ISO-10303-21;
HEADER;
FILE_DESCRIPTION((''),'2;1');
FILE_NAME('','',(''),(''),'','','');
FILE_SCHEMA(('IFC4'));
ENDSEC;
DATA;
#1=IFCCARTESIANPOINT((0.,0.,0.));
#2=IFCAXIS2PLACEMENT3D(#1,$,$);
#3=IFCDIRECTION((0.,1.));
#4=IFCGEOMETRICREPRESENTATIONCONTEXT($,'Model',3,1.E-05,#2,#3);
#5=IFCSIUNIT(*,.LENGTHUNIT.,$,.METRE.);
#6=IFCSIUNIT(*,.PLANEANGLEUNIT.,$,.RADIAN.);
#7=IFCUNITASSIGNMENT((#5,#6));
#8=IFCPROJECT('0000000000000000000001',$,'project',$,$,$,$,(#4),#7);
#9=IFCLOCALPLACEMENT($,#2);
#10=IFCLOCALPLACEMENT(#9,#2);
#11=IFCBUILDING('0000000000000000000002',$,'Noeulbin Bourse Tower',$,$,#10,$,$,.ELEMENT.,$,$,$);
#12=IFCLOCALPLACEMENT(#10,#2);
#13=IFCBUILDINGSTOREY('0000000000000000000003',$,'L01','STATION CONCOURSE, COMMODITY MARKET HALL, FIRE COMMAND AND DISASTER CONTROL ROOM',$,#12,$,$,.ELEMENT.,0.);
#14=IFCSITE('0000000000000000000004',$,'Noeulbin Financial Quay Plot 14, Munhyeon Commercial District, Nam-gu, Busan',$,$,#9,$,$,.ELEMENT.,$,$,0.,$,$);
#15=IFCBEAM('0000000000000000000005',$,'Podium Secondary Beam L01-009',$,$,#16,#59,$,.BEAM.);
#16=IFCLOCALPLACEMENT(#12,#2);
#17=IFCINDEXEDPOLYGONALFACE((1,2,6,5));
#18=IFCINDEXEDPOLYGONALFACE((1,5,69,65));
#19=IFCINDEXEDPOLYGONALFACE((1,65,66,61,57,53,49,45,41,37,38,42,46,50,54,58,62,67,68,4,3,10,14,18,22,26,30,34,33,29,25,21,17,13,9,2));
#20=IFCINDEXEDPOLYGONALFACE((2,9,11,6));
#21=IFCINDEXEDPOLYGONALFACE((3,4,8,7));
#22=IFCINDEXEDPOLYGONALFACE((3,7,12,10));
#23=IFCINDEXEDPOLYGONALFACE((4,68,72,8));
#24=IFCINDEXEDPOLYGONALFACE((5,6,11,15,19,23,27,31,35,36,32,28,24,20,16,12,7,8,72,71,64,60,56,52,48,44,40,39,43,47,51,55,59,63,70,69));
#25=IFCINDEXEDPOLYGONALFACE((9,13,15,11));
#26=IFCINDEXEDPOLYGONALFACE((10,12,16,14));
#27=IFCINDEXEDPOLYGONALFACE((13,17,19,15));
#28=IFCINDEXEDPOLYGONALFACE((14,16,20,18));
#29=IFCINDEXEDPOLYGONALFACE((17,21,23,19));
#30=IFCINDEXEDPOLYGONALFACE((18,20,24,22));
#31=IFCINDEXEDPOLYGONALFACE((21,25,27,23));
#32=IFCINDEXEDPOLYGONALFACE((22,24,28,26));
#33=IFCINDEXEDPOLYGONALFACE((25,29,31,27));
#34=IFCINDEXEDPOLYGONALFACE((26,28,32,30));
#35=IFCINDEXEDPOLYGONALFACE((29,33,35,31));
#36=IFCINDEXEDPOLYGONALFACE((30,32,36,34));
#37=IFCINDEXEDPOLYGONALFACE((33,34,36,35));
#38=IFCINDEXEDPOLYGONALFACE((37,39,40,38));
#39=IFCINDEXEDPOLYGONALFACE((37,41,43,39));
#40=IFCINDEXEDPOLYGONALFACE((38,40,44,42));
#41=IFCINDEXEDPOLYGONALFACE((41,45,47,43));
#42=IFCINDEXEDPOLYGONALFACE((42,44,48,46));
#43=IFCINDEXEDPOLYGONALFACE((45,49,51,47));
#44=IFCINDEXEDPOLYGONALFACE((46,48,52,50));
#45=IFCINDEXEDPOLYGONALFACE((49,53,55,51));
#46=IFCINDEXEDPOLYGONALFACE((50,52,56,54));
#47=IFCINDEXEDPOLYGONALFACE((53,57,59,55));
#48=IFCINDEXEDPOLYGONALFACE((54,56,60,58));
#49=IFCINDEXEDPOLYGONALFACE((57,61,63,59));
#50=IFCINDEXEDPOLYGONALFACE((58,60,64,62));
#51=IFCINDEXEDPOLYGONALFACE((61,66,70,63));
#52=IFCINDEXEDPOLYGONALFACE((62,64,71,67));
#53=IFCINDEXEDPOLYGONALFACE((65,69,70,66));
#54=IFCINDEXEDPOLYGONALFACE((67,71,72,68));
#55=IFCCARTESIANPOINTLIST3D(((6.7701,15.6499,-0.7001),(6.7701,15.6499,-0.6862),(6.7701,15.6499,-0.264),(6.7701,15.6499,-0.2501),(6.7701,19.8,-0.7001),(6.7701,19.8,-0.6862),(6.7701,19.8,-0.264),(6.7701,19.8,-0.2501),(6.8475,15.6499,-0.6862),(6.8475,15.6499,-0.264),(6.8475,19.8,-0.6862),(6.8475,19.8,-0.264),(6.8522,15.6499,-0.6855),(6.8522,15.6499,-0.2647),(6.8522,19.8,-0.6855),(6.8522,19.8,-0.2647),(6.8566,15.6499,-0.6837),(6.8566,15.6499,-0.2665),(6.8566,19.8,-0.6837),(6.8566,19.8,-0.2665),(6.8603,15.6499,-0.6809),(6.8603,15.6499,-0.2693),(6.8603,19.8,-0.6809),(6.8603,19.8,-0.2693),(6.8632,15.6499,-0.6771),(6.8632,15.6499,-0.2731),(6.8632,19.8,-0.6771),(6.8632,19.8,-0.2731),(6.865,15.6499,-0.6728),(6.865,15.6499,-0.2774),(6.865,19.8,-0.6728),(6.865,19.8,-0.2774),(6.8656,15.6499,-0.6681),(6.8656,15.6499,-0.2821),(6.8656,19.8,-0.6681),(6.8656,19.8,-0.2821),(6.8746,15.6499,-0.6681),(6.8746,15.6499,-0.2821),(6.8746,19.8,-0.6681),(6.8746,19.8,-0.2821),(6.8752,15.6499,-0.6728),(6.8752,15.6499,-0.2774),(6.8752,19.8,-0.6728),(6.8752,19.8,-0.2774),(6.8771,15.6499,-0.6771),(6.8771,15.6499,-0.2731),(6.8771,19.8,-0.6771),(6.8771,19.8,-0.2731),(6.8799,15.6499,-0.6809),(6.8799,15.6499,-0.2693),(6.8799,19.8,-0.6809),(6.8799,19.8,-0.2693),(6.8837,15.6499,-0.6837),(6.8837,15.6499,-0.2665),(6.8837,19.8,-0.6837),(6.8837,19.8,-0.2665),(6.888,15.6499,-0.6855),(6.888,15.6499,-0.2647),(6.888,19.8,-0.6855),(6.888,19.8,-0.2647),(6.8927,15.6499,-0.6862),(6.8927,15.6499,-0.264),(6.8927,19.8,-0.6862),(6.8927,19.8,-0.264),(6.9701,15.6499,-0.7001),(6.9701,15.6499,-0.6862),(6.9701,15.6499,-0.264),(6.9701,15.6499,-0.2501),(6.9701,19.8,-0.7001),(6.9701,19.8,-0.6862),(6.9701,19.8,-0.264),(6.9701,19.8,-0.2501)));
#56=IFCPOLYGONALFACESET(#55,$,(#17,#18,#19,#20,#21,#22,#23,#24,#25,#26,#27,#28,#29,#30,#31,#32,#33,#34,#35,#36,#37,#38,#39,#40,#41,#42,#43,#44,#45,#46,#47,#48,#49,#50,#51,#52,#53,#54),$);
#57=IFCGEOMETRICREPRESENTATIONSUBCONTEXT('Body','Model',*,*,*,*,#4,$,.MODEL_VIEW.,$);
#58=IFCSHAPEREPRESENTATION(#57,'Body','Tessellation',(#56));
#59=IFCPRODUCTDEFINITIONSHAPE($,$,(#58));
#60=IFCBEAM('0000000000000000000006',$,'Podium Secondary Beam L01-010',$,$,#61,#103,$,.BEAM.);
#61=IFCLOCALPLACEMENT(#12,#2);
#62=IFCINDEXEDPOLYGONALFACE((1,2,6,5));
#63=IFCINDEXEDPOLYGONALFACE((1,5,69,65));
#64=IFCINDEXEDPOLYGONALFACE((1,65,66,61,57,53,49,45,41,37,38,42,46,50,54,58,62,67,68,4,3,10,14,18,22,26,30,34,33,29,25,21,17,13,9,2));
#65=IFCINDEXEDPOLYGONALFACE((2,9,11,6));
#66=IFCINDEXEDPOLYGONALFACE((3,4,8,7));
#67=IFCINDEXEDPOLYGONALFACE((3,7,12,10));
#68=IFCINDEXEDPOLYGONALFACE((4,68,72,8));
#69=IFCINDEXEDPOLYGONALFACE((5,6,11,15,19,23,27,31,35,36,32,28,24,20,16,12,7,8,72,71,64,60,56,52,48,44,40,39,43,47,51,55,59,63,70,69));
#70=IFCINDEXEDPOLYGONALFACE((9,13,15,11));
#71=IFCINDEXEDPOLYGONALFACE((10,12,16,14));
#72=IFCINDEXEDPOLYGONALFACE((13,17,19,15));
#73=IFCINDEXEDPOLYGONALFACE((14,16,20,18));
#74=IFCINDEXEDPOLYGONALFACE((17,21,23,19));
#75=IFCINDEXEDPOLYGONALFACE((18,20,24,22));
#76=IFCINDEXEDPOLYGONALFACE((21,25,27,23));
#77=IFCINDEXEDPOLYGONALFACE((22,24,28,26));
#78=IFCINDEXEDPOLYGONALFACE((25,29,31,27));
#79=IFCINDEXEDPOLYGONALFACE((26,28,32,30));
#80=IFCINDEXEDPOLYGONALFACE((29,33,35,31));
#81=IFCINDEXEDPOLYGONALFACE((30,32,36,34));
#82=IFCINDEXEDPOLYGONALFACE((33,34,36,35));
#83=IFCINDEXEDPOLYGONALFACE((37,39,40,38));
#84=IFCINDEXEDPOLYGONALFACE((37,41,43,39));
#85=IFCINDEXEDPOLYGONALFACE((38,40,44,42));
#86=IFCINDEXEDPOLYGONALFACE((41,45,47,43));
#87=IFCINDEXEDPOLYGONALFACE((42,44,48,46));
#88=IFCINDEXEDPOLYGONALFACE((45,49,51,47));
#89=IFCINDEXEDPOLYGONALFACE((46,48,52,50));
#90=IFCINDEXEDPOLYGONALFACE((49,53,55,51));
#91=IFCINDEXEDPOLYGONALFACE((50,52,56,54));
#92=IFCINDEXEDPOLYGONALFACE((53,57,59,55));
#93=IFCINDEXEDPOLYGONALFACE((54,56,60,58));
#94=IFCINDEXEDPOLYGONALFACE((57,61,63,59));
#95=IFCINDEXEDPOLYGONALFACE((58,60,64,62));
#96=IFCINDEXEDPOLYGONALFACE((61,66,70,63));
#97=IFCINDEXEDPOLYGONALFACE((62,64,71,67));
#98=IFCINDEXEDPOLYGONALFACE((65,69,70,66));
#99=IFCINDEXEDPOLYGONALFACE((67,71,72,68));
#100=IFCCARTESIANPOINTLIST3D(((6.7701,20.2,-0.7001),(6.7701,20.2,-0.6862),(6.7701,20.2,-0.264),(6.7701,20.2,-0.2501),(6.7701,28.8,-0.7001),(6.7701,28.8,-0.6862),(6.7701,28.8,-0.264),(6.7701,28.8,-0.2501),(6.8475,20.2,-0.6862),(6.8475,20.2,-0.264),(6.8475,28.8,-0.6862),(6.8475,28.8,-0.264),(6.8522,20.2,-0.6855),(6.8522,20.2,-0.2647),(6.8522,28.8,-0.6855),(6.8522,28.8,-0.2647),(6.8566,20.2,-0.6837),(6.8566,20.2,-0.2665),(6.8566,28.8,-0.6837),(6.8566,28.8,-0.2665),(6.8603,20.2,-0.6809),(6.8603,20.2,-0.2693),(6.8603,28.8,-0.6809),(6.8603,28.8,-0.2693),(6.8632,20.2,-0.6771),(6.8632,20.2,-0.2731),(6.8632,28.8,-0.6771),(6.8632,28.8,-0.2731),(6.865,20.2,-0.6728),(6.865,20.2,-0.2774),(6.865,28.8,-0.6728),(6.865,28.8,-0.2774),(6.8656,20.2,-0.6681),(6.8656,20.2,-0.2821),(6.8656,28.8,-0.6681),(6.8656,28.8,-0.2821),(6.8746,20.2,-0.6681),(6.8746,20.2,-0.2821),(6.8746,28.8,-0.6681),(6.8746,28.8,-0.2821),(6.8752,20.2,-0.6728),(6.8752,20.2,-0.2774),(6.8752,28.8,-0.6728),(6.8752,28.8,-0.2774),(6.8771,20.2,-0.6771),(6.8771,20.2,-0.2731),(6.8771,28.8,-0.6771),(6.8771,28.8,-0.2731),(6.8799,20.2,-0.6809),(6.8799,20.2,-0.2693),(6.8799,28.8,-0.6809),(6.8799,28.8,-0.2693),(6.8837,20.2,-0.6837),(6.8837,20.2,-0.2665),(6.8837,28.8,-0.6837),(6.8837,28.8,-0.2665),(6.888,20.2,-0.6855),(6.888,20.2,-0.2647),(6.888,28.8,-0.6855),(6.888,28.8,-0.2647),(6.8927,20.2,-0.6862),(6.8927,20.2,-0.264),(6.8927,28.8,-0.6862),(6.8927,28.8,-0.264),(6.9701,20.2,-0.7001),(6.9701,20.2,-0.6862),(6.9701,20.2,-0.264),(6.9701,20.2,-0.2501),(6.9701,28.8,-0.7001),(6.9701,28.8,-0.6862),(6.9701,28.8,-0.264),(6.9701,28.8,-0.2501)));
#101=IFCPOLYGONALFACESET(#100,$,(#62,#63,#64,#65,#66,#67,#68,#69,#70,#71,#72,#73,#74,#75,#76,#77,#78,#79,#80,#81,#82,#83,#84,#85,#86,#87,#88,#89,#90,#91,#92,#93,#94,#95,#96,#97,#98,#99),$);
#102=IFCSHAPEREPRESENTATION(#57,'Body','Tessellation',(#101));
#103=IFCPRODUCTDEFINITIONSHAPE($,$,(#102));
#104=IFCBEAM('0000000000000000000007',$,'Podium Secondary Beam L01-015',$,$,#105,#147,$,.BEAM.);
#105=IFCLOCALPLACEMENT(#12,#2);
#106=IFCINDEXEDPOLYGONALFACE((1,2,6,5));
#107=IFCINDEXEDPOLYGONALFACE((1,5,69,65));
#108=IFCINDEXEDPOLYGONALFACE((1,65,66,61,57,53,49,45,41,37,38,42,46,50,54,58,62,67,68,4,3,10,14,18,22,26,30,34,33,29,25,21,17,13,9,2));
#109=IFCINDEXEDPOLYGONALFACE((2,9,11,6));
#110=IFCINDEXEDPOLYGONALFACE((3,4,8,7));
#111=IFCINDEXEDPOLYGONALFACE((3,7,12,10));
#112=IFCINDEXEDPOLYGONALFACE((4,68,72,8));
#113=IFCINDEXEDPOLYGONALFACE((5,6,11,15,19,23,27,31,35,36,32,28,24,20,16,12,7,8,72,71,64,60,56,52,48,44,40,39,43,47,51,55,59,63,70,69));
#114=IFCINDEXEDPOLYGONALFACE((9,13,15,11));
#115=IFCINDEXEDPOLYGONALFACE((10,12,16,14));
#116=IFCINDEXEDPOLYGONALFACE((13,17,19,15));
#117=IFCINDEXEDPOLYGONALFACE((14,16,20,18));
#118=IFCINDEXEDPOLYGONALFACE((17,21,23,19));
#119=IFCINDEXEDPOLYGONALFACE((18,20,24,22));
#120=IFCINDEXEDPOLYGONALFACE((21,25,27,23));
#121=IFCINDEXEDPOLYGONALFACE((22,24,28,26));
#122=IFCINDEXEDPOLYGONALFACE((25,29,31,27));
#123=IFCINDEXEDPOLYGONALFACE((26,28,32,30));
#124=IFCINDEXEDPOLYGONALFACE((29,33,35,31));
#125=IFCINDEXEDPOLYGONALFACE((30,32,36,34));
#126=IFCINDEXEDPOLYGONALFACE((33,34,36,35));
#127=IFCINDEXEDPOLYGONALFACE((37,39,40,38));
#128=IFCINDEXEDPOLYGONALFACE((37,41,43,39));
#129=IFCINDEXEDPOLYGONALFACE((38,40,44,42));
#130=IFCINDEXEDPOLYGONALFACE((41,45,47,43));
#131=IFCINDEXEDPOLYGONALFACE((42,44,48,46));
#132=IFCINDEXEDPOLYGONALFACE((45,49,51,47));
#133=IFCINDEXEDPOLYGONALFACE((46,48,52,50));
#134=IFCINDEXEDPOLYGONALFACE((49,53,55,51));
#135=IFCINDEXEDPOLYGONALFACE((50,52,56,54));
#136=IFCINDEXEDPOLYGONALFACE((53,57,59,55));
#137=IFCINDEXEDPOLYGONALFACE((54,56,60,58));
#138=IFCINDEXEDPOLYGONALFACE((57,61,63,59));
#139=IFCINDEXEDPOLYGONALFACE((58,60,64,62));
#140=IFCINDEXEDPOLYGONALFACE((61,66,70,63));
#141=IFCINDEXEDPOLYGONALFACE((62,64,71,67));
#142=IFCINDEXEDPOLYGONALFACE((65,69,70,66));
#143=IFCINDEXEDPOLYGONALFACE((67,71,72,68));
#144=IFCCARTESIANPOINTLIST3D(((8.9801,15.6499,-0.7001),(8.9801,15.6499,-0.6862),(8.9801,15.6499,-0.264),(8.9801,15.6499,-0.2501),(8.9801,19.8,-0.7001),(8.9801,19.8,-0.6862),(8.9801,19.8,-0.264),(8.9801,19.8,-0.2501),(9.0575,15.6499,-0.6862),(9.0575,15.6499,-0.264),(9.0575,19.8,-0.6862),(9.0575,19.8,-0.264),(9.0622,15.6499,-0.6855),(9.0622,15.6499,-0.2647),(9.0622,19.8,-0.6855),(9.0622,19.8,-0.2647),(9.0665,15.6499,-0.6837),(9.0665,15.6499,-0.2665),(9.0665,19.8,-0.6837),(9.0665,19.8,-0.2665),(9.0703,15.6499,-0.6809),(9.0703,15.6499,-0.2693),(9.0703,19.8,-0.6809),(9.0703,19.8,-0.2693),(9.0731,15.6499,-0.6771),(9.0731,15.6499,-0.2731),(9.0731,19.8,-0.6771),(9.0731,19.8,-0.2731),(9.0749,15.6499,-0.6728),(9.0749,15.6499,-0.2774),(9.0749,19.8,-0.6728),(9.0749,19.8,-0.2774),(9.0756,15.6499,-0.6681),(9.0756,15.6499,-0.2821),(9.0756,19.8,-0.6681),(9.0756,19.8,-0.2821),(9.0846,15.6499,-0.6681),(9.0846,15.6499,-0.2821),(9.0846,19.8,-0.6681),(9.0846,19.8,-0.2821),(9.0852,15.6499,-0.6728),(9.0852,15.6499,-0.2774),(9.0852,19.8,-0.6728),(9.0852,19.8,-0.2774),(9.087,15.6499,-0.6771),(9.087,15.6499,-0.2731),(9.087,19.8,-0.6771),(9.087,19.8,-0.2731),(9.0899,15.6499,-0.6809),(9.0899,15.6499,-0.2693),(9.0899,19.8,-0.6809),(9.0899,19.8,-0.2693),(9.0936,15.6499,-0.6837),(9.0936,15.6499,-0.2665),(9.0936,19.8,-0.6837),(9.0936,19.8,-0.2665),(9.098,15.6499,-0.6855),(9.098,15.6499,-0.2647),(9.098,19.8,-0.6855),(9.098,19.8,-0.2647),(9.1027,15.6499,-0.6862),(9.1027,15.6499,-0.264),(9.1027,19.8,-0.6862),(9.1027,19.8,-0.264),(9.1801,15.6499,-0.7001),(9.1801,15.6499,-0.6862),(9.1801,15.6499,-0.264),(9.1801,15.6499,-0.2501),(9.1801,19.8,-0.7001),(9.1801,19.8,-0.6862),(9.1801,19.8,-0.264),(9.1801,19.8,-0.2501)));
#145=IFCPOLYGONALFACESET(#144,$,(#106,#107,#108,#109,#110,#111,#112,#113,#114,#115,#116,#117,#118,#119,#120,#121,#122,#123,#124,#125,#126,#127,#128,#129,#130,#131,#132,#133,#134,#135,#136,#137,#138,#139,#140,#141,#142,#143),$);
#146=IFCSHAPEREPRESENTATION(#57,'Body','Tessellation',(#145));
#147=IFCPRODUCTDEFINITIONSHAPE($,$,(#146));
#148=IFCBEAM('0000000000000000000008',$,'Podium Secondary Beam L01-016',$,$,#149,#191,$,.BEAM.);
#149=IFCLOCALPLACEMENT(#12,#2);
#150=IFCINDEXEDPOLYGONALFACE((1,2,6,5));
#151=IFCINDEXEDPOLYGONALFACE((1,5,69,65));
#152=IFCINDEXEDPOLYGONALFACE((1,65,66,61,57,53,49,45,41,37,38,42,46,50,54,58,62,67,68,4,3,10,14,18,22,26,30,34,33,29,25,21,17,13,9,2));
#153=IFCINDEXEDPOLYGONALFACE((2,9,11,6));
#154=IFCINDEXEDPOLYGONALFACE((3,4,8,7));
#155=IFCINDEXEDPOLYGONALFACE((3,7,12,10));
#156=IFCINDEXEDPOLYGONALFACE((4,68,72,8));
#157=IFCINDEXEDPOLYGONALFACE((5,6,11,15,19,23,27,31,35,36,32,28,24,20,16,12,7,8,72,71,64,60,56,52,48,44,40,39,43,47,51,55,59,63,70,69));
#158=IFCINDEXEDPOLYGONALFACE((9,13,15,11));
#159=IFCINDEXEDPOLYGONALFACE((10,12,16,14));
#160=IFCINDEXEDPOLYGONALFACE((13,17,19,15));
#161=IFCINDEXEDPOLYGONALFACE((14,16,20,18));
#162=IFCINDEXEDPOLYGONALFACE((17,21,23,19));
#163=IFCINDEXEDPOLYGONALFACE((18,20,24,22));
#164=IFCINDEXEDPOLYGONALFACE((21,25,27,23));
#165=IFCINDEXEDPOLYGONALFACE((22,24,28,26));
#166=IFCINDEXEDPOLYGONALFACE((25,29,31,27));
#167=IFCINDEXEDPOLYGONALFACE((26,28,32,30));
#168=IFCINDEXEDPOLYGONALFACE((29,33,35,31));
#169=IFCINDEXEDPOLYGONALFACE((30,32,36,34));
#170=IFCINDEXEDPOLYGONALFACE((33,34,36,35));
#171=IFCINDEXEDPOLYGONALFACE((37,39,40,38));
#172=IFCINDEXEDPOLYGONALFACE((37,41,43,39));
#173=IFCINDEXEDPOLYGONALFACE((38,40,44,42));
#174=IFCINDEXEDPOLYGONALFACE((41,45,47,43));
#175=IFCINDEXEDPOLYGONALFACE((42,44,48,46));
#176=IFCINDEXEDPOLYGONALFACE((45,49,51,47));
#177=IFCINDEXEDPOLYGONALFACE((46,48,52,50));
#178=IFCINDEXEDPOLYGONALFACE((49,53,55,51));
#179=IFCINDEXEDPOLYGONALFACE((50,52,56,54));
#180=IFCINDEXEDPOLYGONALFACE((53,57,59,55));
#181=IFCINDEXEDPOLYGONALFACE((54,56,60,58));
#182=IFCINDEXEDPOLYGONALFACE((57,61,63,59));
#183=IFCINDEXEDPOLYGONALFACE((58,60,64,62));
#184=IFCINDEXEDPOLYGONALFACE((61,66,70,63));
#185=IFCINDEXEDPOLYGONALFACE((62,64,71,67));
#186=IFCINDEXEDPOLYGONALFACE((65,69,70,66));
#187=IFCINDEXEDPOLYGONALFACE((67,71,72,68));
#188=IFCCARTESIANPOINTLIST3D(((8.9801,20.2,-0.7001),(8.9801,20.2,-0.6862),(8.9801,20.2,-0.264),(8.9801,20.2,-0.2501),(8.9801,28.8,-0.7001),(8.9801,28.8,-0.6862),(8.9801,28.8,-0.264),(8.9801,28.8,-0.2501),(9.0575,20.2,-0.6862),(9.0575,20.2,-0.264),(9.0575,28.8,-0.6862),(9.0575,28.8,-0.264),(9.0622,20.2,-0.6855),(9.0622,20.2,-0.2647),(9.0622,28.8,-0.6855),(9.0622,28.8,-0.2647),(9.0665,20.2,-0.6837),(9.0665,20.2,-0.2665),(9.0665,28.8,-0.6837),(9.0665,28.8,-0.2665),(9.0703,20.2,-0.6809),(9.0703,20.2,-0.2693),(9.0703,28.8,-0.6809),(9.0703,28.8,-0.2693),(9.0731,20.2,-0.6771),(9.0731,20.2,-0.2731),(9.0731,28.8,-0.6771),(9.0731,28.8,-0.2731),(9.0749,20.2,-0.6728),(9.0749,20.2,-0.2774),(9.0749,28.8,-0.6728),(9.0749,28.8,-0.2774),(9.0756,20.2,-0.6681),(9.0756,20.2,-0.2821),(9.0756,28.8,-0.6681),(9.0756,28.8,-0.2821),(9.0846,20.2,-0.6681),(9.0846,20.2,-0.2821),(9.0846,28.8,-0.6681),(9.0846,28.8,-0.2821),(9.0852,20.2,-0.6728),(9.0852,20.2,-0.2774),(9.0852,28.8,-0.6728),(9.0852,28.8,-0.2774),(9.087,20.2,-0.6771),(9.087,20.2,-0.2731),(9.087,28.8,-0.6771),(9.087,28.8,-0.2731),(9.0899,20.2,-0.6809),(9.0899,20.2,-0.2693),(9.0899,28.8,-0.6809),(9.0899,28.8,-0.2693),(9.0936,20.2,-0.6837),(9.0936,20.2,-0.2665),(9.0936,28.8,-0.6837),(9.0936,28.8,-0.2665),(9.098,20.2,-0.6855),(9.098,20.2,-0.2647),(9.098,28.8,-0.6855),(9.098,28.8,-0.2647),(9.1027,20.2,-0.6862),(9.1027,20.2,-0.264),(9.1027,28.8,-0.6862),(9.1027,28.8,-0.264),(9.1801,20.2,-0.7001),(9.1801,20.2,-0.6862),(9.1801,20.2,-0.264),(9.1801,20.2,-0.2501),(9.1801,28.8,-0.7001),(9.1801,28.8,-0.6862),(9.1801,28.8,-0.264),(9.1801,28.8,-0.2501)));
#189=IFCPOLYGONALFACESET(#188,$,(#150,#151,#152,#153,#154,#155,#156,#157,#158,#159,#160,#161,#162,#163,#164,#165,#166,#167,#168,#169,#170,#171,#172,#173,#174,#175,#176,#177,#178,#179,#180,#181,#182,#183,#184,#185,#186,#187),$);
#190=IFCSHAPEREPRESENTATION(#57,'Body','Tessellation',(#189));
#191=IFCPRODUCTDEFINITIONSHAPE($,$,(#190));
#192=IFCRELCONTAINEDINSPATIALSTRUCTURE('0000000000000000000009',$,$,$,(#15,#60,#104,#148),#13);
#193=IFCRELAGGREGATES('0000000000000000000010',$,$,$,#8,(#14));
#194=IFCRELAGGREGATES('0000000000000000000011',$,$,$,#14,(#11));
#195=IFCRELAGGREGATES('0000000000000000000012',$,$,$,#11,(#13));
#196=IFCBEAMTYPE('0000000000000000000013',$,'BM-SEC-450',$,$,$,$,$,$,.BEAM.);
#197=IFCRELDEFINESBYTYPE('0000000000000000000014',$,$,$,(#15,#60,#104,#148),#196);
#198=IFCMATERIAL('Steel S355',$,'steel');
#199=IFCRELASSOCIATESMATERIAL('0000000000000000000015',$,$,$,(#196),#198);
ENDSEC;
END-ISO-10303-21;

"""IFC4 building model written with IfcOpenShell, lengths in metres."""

from ifc_helpers import new_model, si_unit, direction, frame, origin, origin_2d, place, context, subcontext, project, spatial, i_section, extrude, material, material_profile, profile_set, type_object, element, save


model = new_model("IFC4")

# Units and contexts
model_context = context("Model", 3, precision=1e-05, world=origin(), true_north=direction((0.0, 1.0)))
body_context = subcontext(model_context, "Body", "Model", "MODEL_VIEW")
ifc_project = project(units=[si_unit("LENGTHUNIT", "METRE"), si_unit("PLANEANGLEUNIT", "RADIAN")], contexts=[model_context])

# Site, building, storey
site_placement = place(None, origin())
site = spatial("IfcSite", under=ifc_project, at=site_placement, Name="Noeulbin Financial Quay Plot 14, Munhyeon Commercial District, Nam-gu, Busan", CompositionType="ELEMENT", RefElevation=0.0)
building_placement = place(site_placement, origin())
building = spatial("IfcBuilding", under=site, at=building_placement, Name="Noeulbin Bourse Tower", CompositionType="ELEMENT")
storey_placement = place(building_placement, origin())
storey = spatial("IfcBuildingStorey", under=building, at=storey_placement, Name="L01", Description="STATION CONCOURSE, COMMODITY MARKET HALL, FIRE COMMAND AND DISASTER CONTROL ROOM", CompositionType="ELEMENT", Elevation=0.0)

# Beams
ifc_material_1 = material(Name="Steel S355", Category="steel")
ifc_material_profile_1 = material_profile(ifc_material_1, i_section(OverallWidth=0.2, OverallDepth=0.45, WebThickness=0.009, FlangeThickness=0.0139, FilletRadius=0.0181, at=origin_2d()), Name="H-450x200x9x14", Category="LoadBearing")
ifc_profile_set_1 = profile_set([ifc_material_profile_1], Name="Steel S355")
beam_type_1 = type_object("IfcBeamType", Name="BM-SEC-450", PredefinedType="BEAM", material=ifc_profile_set_1)
beam_1_placement = place(storey_placement, frame((6.8701, 15.6499, -0.4751), z_axis=(0.0, 1.0, 0.0), x_axis=(-1.0, 0.0, 0.0)))
element("IfcBeam", 1, at=beam_1_placement, inside=storey, type_object=beam_type_1, Name="Podium Secondary Beam L01-009", PredefinedType="BEAM", context=body_context, shape_type="SweptSolid", body=[
    extrude(i_section(OverallWidth=0.2, OverallDepth=0.45, WebThickness=0.009, FlangeThickness=0.0139, FilletRadius=0.0181, at=origin_2d()), origin(), (0.0, 0.0, 1.0), 4.1501),
])
beam_2_placement = place(storey_placement, frame((6.8701, 20.2, -0.4751), z_axis=(0.0, 1.0, 0.0), x_axis=(-1.0, 0.0, 0.0)))
element("IfcBeam", 2, at=beam_2_placement, inside=storey, type_object=beam_type_1, Name="Podium Secondary Beam L01-010", PredefinedType="BEAM", context=body_context, shape_type="SweptSolid", body=[
    extrude(i_section(OverallWidth=0.2, OverallDepth=0.45, WebThickness=0.009, FlangeThickness=0.0139, FilletRadius=0.0181, at=origin_2d()), origin(), (0.0, 0.0, 1.0), 8.6001),
])
beam_3_placement = place(storey_placement, frame((9.0801, 15.6499, -0.4751), z_axis=(0.0, 1.0, 0.0), x_axis=(-1.0, 0.0, 0.0)))
element("IfcBeam", 3, at=beam_3_placement, inside=storey, type_object=beam_type_1, Name="Podium Secondary Beam L01-015", PredefinedType="BEAM", context=body_context, shape_type="SweptSolid", body=[
    extrude(i_section(OverallWidth=0.2, OverallDepth=0.45, WebThickness=0.009, FlangeThickness=0.0139, FilletRadius=0.0181, at=origin_2d()), origin(), (0.0, 0.0, 1.0), 4.1501),
])
beam_4_placement = place(storey_placement, frame((9.0801, 20.2, -0.4751), z_axis=(0.0, 1.0, 0.0), x_axis=(-1.0, 0.0, 0.0)))
element("IfcBeam", 4, at=beam_4_placement, inside=storey, type_object=beam_type_1, Name="Podium Secondary Beam L01-016", PredefinedType="BEAM", context=body_context, shape_type="SweptSolid", body=[
    extrude(i_section(OverallWidth=0.2, OverallDepth=0.45, WebThickness=0.009, FlangeThickness=0.0139, FilletRadius=0.0181, at=origin_2d()), origin(), (0.0, 0.0, 1.0), 8.6001),
])

save(model, "model.ifc")
